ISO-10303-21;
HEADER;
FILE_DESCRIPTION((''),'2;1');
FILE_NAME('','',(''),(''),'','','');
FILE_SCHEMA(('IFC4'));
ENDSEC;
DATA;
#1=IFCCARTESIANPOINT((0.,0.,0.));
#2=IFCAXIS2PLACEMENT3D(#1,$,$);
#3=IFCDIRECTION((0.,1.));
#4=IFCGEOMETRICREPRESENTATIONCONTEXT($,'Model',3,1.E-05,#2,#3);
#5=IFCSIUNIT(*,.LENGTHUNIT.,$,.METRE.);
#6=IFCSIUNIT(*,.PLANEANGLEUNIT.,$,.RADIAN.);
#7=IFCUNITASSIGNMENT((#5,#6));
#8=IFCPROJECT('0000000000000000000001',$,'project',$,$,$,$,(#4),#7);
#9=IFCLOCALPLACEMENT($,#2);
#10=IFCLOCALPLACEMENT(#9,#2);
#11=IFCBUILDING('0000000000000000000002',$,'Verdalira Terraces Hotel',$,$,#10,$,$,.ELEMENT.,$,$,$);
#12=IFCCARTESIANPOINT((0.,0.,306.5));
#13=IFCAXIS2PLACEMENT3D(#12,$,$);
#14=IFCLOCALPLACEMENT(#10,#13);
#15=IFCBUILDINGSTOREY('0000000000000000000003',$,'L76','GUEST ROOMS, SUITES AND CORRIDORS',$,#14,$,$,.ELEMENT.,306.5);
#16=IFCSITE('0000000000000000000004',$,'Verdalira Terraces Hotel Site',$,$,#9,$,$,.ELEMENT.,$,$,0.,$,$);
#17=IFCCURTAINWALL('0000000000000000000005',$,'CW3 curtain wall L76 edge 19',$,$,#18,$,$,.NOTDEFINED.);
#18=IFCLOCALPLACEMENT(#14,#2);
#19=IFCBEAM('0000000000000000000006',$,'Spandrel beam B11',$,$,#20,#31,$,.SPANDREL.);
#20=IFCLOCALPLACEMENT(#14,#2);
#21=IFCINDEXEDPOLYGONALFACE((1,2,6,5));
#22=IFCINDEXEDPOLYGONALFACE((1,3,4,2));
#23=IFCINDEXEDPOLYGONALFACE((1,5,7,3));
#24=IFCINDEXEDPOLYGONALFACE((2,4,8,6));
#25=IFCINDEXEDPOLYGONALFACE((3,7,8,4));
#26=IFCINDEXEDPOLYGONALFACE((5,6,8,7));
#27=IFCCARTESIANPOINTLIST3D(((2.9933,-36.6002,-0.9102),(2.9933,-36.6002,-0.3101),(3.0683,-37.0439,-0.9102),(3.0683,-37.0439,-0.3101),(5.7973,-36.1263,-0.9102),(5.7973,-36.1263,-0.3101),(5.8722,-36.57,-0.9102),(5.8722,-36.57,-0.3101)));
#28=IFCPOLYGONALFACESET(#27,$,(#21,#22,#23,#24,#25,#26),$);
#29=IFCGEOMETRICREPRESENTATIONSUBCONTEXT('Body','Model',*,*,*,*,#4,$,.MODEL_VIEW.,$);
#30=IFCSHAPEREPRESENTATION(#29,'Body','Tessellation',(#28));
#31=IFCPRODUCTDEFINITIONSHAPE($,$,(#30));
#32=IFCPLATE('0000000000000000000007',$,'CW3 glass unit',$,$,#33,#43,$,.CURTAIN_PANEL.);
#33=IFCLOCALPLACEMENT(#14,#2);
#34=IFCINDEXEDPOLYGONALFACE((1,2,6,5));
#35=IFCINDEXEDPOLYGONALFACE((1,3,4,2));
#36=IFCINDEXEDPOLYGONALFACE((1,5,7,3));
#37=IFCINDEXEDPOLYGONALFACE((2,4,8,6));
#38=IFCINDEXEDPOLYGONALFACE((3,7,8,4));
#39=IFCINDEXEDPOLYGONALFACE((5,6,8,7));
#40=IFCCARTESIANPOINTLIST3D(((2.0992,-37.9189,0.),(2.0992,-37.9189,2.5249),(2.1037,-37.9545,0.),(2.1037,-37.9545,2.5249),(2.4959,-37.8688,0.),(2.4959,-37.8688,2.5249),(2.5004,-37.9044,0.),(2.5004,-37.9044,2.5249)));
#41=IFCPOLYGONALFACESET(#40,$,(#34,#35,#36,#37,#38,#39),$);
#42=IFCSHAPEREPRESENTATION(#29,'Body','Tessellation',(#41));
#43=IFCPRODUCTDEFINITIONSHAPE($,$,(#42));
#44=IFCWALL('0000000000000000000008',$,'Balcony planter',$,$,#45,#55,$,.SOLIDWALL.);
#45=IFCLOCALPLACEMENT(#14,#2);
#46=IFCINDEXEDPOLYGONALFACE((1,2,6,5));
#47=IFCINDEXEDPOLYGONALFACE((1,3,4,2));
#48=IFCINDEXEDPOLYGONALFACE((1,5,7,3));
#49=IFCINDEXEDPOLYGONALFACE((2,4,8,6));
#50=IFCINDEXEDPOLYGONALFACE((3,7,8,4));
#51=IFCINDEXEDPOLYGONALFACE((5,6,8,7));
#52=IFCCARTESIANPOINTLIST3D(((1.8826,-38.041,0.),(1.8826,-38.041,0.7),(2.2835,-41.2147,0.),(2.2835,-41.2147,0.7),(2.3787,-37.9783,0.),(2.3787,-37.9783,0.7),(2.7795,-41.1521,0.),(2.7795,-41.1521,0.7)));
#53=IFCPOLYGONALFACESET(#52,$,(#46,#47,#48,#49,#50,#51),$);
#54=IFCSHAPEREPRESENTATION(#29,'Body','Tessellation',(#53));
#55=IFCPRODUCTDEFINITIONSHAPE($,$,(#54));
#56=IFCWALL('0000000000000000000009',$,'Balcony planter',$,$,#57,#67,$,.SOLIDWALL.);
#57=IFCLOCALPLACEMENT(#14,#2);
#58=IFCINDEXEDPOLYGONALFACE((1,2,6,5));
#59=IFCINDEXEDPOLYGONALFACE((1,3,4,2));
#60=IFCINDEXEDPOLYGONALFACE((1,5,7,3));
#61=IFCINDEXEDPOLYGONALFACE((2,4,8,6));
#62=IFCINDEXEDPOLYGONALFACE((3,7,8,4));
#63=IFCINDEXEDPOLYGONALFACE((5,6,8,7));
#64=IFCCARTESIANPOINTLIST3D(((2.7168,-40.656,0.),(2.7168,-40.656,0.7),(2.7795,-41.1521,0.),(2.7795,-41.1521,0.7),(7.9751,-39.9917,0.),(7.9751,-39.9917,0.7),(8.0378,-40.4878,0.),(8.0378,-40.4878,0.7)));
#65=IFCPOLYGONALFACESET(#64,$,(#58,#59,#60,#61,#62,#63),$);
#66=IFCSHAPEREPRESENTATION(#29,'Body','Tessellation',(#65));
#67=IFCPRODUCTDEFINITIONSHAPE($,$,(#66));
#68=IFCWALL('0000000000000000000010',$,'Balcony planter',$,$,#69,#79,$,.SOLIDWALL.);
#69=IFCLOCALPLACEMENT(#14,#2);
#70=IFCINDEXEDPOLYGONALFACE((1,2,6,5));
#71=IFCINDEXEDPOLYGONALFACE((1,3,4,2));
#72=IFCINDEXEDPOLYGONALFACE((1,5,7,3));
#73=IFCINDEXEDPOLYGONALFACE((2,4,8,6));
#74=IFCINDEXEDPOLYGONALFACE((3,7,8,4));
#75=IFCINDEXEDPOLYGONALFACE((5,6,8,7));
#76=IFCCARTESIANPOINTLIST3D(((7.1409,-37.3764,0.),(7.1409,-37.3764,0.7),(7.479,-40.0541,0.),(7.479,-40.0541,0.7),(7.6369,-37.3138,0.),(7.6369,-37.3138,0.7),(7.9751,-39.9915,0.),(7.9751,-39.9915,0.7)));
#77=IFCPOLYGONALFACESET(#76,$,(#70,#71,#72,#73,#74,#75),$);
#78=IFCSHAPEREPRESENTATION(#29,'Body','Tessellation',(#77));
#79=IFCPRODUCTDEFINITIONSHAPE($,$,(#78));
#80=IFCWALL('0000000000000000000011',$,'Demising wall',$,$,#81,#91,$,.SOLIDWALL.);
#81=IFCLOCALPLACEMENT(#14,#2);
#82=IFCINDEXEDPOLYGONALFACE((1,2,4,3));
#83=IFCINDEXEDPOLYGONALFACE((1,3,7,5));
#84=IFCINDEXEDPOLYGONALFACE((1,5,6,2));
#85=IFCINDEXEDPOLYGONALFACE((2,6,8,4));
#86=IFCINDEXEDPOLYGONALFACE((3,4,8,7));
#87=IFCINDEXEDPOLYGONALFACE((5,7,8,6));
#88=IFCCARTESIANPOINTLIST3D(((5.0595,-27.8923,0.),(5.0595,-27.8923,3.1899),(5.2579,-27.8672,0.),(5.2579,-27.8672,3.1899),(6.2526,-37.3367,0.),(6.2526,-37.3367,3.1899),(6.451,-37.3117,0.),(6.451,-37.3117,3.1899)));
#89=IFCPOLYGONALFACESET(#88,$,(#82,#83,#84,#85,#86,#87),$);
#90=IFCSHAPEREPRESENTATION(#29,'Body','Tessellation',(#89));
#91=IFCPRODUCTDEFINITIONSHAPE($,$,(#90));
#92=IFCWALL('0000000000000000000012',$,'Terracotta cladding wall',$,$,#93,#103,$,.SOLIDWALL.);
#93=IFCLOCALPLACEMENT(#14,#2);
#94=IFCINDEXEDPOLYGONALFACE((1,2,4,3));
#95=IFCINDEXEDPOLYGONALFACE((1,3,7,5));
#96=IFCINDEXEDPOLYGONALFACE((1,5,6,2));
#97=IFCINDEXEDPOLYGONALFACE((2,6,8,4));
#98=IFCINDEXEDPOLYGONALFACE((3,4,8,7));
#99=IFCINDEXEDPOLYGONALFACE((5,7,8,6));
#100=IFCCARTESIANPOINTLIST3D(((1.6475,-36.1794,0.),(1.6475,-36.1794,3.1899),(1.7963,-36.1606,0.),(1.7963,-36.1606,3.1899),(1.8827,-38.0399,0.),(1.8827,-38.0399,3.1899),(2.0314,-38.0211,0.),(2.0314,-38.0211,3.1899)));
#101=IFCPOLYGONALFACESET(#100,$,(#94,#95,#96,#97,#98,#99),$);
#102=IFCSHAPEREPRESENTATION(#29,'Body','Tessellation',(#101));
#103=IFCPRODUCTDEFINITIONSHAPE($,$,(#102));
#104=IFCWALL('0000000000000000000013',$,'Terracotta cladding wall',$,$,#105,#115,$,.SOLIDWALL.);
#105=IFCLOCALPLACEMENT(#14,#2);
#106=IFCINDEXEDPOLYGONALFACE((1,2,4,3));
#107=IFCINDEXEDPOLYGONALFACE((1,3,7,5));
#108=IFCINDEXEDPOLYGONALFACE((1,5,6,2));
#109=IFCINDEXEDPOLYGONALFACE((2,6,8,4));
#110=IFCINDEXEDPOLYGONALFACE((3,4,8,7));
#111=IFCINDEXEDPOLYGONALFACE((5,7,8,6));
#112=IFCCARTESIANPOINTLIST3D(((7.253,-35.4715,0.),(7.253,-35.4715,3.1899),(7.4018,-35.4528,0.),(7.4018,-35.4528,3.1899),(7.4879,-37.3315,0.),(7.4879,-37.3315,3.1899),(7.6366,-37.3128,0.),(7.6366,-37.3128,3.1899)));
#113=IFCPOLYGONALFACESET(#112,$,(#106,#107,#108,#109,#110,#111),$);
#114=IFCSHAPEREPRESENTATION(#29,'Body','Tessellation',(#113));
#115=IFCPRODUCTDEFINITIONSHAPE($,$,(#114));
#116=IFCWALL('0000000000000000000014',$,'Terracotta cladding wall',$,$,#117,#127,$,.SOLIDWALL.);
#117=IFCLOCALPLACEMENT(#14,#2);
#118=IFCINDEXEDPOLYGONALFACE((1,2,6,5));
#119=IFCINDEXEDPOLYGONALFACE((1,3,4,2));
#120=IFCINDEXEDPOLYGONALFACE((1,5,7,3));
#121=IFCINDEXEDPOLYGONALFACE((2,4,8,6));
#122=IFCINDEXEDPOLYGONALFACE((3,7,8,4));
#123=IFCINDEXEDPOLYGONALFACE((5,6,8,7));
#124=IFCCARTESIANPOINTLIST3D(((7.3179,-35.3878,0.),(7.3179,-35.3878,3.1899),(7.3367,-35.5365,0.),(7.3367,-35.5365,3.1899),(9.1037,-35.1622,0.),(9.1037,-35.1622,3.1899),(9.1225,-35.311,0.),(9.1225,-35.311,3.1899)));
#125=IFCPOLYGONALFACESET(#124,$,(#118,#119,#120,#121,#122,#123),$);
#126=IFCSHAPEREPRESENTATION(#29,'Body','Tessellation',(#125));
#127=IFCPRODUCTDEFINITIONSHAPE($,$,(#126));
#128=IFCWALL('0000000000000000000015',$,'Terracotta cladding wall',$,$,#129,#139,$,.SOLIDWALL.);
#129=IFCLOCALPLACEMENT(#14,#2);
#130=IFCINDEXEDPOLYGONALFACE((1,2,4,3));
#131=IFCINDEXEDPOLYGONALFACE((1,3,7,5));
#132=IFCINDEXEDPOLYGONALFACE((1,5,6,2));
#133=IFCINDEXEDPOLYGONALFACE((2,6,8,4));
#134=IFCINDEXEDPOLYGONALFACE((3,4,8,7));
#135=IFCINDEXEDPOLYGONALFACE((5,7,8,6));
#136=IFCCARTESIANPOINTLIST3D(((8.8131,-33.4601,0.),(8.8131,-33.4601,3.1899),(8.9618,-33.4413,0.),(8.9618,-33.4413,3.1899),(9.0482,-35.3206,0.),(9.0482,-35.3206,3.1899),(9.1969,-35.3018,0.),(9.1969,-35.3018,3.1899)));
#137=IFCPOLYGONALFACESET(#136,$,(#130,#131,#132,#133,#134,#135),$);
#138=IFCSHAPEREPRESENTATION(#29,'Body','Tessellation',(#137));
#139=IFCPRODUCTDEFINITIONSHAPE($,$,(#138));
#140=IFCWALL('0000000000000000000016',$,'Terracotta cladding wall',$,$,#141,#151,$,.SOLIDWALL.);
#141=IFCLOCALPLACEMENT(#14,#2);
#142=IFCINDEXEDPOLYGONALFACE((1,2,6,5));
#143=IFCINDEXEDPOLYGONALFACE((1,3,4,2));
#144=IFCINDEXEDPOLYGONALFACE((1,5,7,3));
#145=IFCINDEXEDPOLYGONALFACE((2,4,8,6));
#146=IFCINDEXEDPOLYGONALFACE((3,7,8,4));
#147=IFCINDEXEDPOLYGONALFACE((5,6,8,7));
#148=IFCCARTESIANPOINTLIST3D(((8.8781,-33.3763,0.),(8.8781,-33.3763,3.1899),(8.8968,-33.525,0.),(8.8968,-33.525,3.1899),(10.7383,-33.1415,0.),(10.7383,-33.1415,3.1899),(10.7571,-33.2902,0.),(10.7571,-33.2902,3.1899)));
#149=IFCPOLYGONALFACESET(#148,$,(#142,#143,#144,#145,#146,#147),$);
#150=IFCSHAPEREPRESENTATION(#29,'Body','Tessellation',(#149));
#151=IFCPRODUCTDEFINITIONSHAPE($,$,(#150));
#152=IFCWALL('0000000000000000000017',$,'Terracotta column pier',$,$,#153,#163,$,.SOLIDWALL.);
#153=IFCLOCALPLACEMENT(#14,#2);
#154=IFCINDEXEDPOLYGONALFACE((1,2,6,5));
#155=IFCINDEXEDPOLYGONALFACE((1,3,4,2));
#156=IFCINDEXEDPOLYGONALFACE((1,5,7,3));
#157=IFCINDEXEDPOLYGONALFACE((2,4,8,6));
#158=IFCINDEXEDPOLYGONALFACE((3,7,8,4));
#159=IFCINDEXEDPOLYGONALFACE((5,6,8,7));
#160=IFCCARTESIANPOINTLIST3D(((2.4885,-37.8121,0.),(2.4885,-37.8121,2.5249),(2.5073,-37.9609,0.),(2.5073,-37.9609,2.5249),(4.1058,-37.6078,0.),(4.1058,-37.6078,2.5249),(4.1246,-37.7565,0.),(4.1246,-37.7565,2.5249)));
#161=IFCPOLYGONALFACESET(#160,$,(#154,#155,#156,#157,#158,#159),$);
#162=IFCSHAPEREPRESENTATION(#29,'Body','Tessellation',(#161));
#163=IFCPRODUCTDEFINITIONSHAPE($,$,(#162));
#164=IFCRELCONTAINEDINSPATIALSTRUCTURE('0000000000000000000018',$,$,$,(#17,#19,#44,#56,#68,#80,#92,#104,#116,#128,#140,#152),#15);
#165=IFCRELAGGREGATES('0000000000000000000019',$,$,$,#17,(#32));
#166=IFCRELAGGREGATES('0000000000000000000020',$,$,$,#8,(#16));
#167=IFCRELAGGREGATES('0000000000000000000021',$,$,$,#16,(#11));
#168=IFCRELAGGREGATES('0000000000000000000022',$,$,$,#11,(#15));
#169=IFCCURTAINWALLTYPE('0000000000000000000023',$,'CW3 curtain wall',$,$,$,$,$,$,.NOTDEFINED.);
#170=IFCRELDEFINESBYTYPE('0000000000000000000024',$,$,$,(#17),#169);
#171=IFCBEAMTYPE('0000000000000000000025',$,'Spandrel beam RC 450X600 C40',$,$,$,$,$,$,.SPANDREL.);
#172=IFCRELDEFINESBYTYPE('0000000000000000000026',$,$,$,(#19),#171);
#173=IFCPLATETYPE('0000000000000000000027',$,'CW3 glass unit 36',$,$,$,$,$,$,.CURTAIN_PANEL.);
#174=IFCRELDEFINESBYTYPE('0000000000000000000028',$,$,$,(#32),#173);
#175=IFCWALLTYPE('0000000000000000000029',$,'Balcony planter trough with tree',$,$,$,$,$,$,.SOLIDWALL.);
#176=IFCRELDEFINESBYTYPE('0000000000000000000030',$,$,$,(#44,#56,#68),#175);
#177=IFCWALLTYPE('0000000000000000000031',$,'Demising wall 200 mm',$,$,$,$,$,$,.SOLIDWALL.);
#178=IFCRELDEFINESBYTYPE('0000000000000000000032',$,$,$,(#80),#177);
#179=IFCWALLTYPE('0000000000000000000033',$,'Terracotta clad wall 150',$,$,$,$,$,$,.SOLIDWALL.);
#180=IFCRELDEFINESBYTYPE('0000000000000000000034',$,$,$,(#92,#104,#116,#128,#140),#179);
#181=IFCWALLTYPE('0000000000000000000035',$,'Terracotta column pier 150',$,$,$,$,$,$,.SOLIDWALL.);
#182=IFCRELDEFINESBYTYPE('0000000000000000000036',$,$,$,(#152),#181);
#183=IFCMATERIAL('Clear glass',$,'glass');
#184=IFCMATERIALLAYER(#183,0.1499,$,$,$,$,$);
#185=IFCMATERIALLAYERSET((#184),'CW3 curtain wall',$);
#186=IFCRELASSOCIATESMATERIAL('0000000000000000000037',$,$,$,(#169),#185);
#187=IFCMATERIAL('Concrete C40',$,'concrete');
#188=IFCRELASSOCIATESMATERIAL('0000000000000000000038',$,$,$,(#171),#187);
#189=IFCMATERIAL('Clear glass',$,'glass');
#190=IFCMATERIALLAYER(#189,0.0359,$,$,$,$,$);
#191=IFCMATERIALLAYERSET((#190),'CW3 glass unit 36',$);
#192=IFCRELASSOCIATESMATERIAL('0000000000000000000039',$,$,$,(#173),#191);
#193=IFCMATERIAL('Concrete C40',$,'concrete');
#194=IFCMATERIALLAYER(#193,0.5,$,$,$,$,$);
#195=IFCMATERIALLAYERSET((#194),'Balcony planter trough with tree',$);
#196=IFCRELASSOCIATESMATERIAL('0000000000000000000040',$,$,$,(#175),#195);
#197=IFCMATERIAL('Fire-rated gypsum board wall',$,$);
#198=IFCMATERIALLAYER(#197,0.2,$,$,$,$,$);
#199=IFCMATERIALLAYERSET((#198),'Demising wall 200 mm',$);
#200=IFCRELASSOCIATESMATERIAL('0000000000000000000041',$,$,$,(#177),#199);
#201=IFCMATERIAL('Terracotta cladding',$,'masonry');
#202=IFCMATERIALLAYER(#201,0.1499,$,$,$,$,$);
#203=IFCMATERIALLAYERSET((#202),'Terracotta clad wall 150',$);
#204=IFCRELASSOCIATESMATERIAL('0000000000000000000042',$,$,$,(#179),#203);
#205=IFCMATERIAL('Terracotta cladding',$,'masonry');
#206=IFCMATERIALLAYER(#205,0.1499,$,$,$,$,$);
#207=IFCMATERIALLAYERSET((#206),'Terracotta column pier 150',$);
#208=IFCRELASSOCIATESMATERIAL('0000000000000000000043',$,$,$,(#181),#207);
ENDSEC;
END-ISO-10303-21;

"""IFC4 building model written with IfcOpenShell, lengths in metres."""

from ifc_helpers import new_model, si_unit, direction, frame, frame_2d, origin, origin_2d, place, context, subcontext, project, spatial, rectangle, extrude, material, layer, layer_set, material_profile, profile_set, type_object, element, aggregate, save


model = new_model("IFC4")

# Units and contexts
model_context = context("Model", 3, precision=1e-05, world=origin(), true_north=direction((0.0, 1.0)))
body_context = subcontext(model_context, "Body", "Model", "MODEL_VIEW")
ifc_project = project(units=[si_unit("LENGTHUNIT", "METRE"), si_unit("PLANEANGLEUNIT", "RADIAN")], contexts=[model_context])

# Site, building, storey
site_placement = place(None, origin())
site = spatial("IfcSite", under=ifc_project, at=site_placement, Name="Verdalira Terraces Hotel Site", CompositionType="ELEMENT", RefElevation=0.0)
building_placement = place(site_placement, origin())
building = spatial("IfcBuilding", under=site, at=building_placement, Name="Verdalira Terraces Hotel", CompositionType="ELEMENT")
storey_placement = place(building_placement, frame((0.0, 0.0, 306.5)))
storey = spatial("IfcBuildingStorey", under=building, at=storey_placement, Name="L76", Description="GUEST ROOMS, SUITES AND CORRIDORS", CompositionType="ELEMENT", Elevation=306.5)

# Curtain wall
ifc_material_1 = material(Name="Clear glass", Category="glass")
ifc_layer_1 = layer(ifc_material_1, 0.1499)
ifc_layer_set_1 = layer_set([ifc_layer_1], Name="CW3 curtain wall")
curtain_wall_type_1 = type_object("IfcCurtainWallType", Name="CW3 curtain wall", PredefinedType="NOTDEFINED", material=ifc_layer_set_1)
curtain_wall_1_placement = place(storey_placement, origin())
curtain_wall_1 = element("IfcCurtainWall", 1, at=curtain_wall_1_placement, inside=storey, type_object=curtain_wall_type_1, Name="CW3 curtain wall L76 edge 19", PredefinedType="NOTDEFINED")

# Beam
ifc_material_2 = material(Name="Concrete C40", Category="concrete")
ifc_material_profile_1 = material_profile(ifc_material_2, rectangle(XDim=0.45, YDim=0.6001, at=origin_2d()), Name="RC 450X600")
ifc_profile_set_1 = profile_set([ifc_material_profile_1], Name="Concrete C40")
beam_type_1 = type_object("IfcBeamType", Name="Spandrel beam RC 450X600 C40", PredefinedType="SPANDREL", material=ifc_profile_set_1)
beam_1_placement = place(storey_placement, frame((3.0308, -36.822, -0.6101), z_axis=(0.986018, 0.16664, 0.0), x_axis=(-0.16664, 0.986018, 0.0)))
element("IfcBeam", 2, at=beam_1_placement, inside=storey, type_object=beam_type_1, Name="Spandrel beam B11", PredefinedType="SPANDREL", context=body_context, shape_type="SweptSolid", body=[
    extrude(rectangle(XDim=0.45, YDim=0.6001, at=origin_2d()), origin(), (0.0, 0.0, 1.0), 2.8438),
])

# Plate
ifc_material_3 = material(Name="Clear glass", Category="glass")
ifc_layer_2 = layer(ifc_material_3, 0.0359)
ifc_layer_set_2 = layer_set([ifc_layer_2], Name="CW3 glass unit 36")
plate_type = type_object("IfcPlateType", Name="CW3 glass unit 36", PredefinedType="CURTAIN_PANEL", material=ifc_layer_set_2)
plate_placement = place(storey_placement, frame((2.2998, -37.9116, 0.0), z_axis=(0.0, 0.0, 1.0), x_axis=(0.992115, 0.125333, 0.0)))
plate = element("IfcPlate", 3, at=plate_placement, type_object=plate_type, Name="CW3 glass unit", PredefinedType="CURTAIN_PANEL", context=body_context, shape_type="SweptSolid", body=[
    extrude(rectangle(XDim=0.3999, YDim=0.0359, at=origin_2d()), origin(), (0.0, 0.0, 1.0), 2.5249),
])
aggregate(curtain_wall_1, [plate])

# Walls
ifc_material_4 = material(Name="Concrete C40", Category="concrete")
ifc_layer_3 = layer(ifc_material_4, 0.5)
ifc_layer_set_3 = layer_set([ifc_layer_3], Name="Balcony planter trough with tree")
wall_type_1 = type_object("IfcWallType", Name="Balcony planter trough with tree", PredefinedType="SOLIDWALL", material=ifc_layer_set_3)
wall_1_placement = place(storey_placement, frame((2.1306, -38.0095, 0.0), z_axis=(0.0, 0.0, 1.0), x_axis=(0.125312, -0.992117, 0.0)))
element("IfcWall", 4, at=wall_1_placement, inside=storey, type_object=wall_type_1, Name="Balcony planter", PredefinedType="SOLIDWALL", context=body_context, shape_type="SweptSolid", body=[
    extrude(rectangle(XDim=3.199, YDim=0.5, at=frame_2d((1.5996, 0.0))), origin(), (0.0, 0.0, 1.0), 0.7),
])
wall_2_placement = place(storey_placement, frame((2.7483, -40.9041, 0.0), z_axis=(0.0, 0.0, 1.0), x_axis=(0.992114, 0.125339, 0.0)))
element("IfcWall", 5, at=wall_2_placement, inside=storey, type_object=wall_type_1, Name="Balcony planter", PredefinedType="SOLIDWALL", context=body_context, shape_type="SweptSolid", body=[
    extrude(rectangle(XDim=5.3, YDim=0.5, at=frame_2d((2.6499, 0.0))), origin(), (0.0, 0.0, 1.0), 0.7),
])
wall_3_placement = place(storey_placement, frame((7.7271, -40.0229, 0.0), z_axis=(0.0, 0.0, 1.0), x_axis=(-0.125282, 0.992121, 0.0)))
element("IfcWall", 6, at=wall_3_placement, inside=storey, type_object=wall_type_1, Name="Balcony planter", PredefinedType="SOLIDWALL", context=body_context, shape_type="SweptSolid", body=[
    extrude(rectangle(XDim=2.699, YDim=0.5, at=frame_2d((1.3496, 0.0))), origin(), (0.0, 0.0, 1.0), 0.7),
])
ifc_material_5 = material(Name="Fire-rated gypsum board wall")
ifc_layer_4 = layer(ifc_material_5, 0.2)
ifc_layer_set_4 = layer_set([ifc_layer_4], Name="Demising wall 200 mm")
wall_type_2 = type_object("IfcWallType", Name="Demising wall 200 mm", PredefinedType="SOLIDWALL", material=ifc_layer_set_4)
wall_4_placement = place(storey_placement, frame((6.3518, -37.3242, 0.0), z_axis=(0.0, 0.0, 1.0), x_axis=(-0.125332, 0.992115, 0.0)))
element("IfcWall", 7, at=wall_4_placement, inside=storey, type_object=wall_type_2, Name="Demising wall", PredefinedType="SOLIDWALL", context=body_context, shape_type="SweptSolid", body=[
    extrude(rectangle(XDim=9.5195, YDim=0.2, at=frame_2d((4.7598, 0.0))), origin(), (0.0, 0.0, 1.0), 3.1899),
])
ifc_material_6 = material(Name="Terracotta cladding", Category="masonry")
ifc_layer_5 = layer(ifc_material_6, 0.1499)
ifc_layer_set_5 = layer_set([ifc_layer_5], Name="Terracotta clad wall 150")
wall_type_3 = type_object("IfcWallType", Name="Terracotta clad wall 150", PredefinedType="SOLIDWALL", material=ifc_layer_set_5)
wall_5_placement = place(storey_placement, frame((1.7219, -36.1702, 0.0), z_axis=(0.0, 0.0, 1.0), x_axis=(0.125381, -0.992109, 0.0)))
element("IfcWall", 8, at=wall_5_placement, inside=storey, type_object=wall_type_3, Name="Terracotta cladding wall", PredefinedType="SOLIDWALL", context=body_context, shape_type="SweptSolid", body=[
    extrude(rectangle(XDim=1.8752, YDim=0.1499, at=frame_2d((0.9375, 0.0))), origin(), (0.0, 0.0, 1.0), 3.1899),
])
wall_6_placement = place(storey_placement, frame((7.5623, -37.3223, 0.0), z_axis=(0.0, 0.0, 1.0), x_axis=(-0.125269, 0.992123, 0.0)))
element("IfcWall", 9, at=wall_6_placement, inside=storey, type_object=wall_type_3, Name="Terracotta cladding wall", PredefinedType="SOLIDWALL", context=body_context, shape_type="SweptSolid", body=[
    extrude(rectangle(XDim=1.8748, YDim=0.1499, at=frame_2d((0.9375, 0.0))), origin(), (0.0, 0.0, 1.0), 3.1899),
])
wall_7_placement = place(storey_placement, frame((7.3274, -35.4622, 0.0), z_axis=(0.0, 0.0, 1.0), x_axis=(0.992116, 0.12532, 0.0)))
element("IfcWall", 10, at=wall_7_placement, inside=storey, type_object=wall_type_3, Name="Terracotta cladding wall", PredefinedType="SOLIDWALL", context=body_context, shape_type="SweptSolid", body=[
    extrude(rectangle(XDim=1.8, YDim=0.1499, at=frame_2d((0.8999, 0.0))), origin(), (0.0, 0.0, 1.0), 3.1899),
])
wall_8_placement = place(storey_placement, frame((9.1226, -35.311, 0.0), z_axis=(0.0, 0.0, 1.0), x_axis=(-0.125381, 0.992109, 0.0)))
element("IfcWall", 11, at=wall_8_placement, inside=storey, type_object=wall_type_3, Name="Terracotta cladding wall", PredefinedType="SOLIDWALL", context=body_context, shape_type="SweptSolid", body=[
    extrude(rectangle(XDim=1.8752, YDim=0.1499, at=frame_2d((0.9375, 0.0))), origin(), (0.0, 0.0, 1.0), 3.1899),
])
wall_9_placement = place(storey_placement, frame((8.8875, -33.4507, 0.0), z_axis=(0.0, 0.0, 1.0), x_axis=(0.992125, 0.125253, 0.0)))
element("IfcWall", 12, at=wall_9_placement, inside=storey, type_object=wall_type_3, Name="Terracotta cladding wall", PredefinedType="SOLIDWALL", context=body_context, shape_type="SweptSolid", body=[
    extrude(rectangle(XDim=1.875, YDim=0.1499, at=frame_2d((0.9375, 0.0))), origin(), (0.0, 0.0, 1.0), 3.1899),
])
ifc_material_7 = material(Name="Terracotta cladding", Category="masonry")
ifc_layer_6 = layer(ifc_material_7, 0.1499)
ifc_layer_set_6 = layer_set([ifc_layer_6], Name="Terracotta column pier 150")
wall_type_4 = type_object("IfcWallType", Name="Terracotta column pier 150", PredefinedType="SOLIDWALL", material=ifc_layer_set_6)
wall_10_placement = place(storey_placement, frame((2.498, -37.8865, 0.0), z_axis=(0.0, 0.0, 1.0), x_axis=(0.992111, 0.125362, 0.0)))
element("IfcWall", 13, at=wall_10_placement, inside=storey, type_object=wall_type_4, Name="Terracotta column pier", PredefinedType="SOLIDWALL", context=body_context, shape_type="SweptSolid", body=[
    extrude(rectangle(XDim=1.6301, YDim=0.1499, at=frame_2d((0.8149, 0.0))), origin(), (0.0, 0.0, 1.0), 2.5249),
])

save(model, "model.ifc")
